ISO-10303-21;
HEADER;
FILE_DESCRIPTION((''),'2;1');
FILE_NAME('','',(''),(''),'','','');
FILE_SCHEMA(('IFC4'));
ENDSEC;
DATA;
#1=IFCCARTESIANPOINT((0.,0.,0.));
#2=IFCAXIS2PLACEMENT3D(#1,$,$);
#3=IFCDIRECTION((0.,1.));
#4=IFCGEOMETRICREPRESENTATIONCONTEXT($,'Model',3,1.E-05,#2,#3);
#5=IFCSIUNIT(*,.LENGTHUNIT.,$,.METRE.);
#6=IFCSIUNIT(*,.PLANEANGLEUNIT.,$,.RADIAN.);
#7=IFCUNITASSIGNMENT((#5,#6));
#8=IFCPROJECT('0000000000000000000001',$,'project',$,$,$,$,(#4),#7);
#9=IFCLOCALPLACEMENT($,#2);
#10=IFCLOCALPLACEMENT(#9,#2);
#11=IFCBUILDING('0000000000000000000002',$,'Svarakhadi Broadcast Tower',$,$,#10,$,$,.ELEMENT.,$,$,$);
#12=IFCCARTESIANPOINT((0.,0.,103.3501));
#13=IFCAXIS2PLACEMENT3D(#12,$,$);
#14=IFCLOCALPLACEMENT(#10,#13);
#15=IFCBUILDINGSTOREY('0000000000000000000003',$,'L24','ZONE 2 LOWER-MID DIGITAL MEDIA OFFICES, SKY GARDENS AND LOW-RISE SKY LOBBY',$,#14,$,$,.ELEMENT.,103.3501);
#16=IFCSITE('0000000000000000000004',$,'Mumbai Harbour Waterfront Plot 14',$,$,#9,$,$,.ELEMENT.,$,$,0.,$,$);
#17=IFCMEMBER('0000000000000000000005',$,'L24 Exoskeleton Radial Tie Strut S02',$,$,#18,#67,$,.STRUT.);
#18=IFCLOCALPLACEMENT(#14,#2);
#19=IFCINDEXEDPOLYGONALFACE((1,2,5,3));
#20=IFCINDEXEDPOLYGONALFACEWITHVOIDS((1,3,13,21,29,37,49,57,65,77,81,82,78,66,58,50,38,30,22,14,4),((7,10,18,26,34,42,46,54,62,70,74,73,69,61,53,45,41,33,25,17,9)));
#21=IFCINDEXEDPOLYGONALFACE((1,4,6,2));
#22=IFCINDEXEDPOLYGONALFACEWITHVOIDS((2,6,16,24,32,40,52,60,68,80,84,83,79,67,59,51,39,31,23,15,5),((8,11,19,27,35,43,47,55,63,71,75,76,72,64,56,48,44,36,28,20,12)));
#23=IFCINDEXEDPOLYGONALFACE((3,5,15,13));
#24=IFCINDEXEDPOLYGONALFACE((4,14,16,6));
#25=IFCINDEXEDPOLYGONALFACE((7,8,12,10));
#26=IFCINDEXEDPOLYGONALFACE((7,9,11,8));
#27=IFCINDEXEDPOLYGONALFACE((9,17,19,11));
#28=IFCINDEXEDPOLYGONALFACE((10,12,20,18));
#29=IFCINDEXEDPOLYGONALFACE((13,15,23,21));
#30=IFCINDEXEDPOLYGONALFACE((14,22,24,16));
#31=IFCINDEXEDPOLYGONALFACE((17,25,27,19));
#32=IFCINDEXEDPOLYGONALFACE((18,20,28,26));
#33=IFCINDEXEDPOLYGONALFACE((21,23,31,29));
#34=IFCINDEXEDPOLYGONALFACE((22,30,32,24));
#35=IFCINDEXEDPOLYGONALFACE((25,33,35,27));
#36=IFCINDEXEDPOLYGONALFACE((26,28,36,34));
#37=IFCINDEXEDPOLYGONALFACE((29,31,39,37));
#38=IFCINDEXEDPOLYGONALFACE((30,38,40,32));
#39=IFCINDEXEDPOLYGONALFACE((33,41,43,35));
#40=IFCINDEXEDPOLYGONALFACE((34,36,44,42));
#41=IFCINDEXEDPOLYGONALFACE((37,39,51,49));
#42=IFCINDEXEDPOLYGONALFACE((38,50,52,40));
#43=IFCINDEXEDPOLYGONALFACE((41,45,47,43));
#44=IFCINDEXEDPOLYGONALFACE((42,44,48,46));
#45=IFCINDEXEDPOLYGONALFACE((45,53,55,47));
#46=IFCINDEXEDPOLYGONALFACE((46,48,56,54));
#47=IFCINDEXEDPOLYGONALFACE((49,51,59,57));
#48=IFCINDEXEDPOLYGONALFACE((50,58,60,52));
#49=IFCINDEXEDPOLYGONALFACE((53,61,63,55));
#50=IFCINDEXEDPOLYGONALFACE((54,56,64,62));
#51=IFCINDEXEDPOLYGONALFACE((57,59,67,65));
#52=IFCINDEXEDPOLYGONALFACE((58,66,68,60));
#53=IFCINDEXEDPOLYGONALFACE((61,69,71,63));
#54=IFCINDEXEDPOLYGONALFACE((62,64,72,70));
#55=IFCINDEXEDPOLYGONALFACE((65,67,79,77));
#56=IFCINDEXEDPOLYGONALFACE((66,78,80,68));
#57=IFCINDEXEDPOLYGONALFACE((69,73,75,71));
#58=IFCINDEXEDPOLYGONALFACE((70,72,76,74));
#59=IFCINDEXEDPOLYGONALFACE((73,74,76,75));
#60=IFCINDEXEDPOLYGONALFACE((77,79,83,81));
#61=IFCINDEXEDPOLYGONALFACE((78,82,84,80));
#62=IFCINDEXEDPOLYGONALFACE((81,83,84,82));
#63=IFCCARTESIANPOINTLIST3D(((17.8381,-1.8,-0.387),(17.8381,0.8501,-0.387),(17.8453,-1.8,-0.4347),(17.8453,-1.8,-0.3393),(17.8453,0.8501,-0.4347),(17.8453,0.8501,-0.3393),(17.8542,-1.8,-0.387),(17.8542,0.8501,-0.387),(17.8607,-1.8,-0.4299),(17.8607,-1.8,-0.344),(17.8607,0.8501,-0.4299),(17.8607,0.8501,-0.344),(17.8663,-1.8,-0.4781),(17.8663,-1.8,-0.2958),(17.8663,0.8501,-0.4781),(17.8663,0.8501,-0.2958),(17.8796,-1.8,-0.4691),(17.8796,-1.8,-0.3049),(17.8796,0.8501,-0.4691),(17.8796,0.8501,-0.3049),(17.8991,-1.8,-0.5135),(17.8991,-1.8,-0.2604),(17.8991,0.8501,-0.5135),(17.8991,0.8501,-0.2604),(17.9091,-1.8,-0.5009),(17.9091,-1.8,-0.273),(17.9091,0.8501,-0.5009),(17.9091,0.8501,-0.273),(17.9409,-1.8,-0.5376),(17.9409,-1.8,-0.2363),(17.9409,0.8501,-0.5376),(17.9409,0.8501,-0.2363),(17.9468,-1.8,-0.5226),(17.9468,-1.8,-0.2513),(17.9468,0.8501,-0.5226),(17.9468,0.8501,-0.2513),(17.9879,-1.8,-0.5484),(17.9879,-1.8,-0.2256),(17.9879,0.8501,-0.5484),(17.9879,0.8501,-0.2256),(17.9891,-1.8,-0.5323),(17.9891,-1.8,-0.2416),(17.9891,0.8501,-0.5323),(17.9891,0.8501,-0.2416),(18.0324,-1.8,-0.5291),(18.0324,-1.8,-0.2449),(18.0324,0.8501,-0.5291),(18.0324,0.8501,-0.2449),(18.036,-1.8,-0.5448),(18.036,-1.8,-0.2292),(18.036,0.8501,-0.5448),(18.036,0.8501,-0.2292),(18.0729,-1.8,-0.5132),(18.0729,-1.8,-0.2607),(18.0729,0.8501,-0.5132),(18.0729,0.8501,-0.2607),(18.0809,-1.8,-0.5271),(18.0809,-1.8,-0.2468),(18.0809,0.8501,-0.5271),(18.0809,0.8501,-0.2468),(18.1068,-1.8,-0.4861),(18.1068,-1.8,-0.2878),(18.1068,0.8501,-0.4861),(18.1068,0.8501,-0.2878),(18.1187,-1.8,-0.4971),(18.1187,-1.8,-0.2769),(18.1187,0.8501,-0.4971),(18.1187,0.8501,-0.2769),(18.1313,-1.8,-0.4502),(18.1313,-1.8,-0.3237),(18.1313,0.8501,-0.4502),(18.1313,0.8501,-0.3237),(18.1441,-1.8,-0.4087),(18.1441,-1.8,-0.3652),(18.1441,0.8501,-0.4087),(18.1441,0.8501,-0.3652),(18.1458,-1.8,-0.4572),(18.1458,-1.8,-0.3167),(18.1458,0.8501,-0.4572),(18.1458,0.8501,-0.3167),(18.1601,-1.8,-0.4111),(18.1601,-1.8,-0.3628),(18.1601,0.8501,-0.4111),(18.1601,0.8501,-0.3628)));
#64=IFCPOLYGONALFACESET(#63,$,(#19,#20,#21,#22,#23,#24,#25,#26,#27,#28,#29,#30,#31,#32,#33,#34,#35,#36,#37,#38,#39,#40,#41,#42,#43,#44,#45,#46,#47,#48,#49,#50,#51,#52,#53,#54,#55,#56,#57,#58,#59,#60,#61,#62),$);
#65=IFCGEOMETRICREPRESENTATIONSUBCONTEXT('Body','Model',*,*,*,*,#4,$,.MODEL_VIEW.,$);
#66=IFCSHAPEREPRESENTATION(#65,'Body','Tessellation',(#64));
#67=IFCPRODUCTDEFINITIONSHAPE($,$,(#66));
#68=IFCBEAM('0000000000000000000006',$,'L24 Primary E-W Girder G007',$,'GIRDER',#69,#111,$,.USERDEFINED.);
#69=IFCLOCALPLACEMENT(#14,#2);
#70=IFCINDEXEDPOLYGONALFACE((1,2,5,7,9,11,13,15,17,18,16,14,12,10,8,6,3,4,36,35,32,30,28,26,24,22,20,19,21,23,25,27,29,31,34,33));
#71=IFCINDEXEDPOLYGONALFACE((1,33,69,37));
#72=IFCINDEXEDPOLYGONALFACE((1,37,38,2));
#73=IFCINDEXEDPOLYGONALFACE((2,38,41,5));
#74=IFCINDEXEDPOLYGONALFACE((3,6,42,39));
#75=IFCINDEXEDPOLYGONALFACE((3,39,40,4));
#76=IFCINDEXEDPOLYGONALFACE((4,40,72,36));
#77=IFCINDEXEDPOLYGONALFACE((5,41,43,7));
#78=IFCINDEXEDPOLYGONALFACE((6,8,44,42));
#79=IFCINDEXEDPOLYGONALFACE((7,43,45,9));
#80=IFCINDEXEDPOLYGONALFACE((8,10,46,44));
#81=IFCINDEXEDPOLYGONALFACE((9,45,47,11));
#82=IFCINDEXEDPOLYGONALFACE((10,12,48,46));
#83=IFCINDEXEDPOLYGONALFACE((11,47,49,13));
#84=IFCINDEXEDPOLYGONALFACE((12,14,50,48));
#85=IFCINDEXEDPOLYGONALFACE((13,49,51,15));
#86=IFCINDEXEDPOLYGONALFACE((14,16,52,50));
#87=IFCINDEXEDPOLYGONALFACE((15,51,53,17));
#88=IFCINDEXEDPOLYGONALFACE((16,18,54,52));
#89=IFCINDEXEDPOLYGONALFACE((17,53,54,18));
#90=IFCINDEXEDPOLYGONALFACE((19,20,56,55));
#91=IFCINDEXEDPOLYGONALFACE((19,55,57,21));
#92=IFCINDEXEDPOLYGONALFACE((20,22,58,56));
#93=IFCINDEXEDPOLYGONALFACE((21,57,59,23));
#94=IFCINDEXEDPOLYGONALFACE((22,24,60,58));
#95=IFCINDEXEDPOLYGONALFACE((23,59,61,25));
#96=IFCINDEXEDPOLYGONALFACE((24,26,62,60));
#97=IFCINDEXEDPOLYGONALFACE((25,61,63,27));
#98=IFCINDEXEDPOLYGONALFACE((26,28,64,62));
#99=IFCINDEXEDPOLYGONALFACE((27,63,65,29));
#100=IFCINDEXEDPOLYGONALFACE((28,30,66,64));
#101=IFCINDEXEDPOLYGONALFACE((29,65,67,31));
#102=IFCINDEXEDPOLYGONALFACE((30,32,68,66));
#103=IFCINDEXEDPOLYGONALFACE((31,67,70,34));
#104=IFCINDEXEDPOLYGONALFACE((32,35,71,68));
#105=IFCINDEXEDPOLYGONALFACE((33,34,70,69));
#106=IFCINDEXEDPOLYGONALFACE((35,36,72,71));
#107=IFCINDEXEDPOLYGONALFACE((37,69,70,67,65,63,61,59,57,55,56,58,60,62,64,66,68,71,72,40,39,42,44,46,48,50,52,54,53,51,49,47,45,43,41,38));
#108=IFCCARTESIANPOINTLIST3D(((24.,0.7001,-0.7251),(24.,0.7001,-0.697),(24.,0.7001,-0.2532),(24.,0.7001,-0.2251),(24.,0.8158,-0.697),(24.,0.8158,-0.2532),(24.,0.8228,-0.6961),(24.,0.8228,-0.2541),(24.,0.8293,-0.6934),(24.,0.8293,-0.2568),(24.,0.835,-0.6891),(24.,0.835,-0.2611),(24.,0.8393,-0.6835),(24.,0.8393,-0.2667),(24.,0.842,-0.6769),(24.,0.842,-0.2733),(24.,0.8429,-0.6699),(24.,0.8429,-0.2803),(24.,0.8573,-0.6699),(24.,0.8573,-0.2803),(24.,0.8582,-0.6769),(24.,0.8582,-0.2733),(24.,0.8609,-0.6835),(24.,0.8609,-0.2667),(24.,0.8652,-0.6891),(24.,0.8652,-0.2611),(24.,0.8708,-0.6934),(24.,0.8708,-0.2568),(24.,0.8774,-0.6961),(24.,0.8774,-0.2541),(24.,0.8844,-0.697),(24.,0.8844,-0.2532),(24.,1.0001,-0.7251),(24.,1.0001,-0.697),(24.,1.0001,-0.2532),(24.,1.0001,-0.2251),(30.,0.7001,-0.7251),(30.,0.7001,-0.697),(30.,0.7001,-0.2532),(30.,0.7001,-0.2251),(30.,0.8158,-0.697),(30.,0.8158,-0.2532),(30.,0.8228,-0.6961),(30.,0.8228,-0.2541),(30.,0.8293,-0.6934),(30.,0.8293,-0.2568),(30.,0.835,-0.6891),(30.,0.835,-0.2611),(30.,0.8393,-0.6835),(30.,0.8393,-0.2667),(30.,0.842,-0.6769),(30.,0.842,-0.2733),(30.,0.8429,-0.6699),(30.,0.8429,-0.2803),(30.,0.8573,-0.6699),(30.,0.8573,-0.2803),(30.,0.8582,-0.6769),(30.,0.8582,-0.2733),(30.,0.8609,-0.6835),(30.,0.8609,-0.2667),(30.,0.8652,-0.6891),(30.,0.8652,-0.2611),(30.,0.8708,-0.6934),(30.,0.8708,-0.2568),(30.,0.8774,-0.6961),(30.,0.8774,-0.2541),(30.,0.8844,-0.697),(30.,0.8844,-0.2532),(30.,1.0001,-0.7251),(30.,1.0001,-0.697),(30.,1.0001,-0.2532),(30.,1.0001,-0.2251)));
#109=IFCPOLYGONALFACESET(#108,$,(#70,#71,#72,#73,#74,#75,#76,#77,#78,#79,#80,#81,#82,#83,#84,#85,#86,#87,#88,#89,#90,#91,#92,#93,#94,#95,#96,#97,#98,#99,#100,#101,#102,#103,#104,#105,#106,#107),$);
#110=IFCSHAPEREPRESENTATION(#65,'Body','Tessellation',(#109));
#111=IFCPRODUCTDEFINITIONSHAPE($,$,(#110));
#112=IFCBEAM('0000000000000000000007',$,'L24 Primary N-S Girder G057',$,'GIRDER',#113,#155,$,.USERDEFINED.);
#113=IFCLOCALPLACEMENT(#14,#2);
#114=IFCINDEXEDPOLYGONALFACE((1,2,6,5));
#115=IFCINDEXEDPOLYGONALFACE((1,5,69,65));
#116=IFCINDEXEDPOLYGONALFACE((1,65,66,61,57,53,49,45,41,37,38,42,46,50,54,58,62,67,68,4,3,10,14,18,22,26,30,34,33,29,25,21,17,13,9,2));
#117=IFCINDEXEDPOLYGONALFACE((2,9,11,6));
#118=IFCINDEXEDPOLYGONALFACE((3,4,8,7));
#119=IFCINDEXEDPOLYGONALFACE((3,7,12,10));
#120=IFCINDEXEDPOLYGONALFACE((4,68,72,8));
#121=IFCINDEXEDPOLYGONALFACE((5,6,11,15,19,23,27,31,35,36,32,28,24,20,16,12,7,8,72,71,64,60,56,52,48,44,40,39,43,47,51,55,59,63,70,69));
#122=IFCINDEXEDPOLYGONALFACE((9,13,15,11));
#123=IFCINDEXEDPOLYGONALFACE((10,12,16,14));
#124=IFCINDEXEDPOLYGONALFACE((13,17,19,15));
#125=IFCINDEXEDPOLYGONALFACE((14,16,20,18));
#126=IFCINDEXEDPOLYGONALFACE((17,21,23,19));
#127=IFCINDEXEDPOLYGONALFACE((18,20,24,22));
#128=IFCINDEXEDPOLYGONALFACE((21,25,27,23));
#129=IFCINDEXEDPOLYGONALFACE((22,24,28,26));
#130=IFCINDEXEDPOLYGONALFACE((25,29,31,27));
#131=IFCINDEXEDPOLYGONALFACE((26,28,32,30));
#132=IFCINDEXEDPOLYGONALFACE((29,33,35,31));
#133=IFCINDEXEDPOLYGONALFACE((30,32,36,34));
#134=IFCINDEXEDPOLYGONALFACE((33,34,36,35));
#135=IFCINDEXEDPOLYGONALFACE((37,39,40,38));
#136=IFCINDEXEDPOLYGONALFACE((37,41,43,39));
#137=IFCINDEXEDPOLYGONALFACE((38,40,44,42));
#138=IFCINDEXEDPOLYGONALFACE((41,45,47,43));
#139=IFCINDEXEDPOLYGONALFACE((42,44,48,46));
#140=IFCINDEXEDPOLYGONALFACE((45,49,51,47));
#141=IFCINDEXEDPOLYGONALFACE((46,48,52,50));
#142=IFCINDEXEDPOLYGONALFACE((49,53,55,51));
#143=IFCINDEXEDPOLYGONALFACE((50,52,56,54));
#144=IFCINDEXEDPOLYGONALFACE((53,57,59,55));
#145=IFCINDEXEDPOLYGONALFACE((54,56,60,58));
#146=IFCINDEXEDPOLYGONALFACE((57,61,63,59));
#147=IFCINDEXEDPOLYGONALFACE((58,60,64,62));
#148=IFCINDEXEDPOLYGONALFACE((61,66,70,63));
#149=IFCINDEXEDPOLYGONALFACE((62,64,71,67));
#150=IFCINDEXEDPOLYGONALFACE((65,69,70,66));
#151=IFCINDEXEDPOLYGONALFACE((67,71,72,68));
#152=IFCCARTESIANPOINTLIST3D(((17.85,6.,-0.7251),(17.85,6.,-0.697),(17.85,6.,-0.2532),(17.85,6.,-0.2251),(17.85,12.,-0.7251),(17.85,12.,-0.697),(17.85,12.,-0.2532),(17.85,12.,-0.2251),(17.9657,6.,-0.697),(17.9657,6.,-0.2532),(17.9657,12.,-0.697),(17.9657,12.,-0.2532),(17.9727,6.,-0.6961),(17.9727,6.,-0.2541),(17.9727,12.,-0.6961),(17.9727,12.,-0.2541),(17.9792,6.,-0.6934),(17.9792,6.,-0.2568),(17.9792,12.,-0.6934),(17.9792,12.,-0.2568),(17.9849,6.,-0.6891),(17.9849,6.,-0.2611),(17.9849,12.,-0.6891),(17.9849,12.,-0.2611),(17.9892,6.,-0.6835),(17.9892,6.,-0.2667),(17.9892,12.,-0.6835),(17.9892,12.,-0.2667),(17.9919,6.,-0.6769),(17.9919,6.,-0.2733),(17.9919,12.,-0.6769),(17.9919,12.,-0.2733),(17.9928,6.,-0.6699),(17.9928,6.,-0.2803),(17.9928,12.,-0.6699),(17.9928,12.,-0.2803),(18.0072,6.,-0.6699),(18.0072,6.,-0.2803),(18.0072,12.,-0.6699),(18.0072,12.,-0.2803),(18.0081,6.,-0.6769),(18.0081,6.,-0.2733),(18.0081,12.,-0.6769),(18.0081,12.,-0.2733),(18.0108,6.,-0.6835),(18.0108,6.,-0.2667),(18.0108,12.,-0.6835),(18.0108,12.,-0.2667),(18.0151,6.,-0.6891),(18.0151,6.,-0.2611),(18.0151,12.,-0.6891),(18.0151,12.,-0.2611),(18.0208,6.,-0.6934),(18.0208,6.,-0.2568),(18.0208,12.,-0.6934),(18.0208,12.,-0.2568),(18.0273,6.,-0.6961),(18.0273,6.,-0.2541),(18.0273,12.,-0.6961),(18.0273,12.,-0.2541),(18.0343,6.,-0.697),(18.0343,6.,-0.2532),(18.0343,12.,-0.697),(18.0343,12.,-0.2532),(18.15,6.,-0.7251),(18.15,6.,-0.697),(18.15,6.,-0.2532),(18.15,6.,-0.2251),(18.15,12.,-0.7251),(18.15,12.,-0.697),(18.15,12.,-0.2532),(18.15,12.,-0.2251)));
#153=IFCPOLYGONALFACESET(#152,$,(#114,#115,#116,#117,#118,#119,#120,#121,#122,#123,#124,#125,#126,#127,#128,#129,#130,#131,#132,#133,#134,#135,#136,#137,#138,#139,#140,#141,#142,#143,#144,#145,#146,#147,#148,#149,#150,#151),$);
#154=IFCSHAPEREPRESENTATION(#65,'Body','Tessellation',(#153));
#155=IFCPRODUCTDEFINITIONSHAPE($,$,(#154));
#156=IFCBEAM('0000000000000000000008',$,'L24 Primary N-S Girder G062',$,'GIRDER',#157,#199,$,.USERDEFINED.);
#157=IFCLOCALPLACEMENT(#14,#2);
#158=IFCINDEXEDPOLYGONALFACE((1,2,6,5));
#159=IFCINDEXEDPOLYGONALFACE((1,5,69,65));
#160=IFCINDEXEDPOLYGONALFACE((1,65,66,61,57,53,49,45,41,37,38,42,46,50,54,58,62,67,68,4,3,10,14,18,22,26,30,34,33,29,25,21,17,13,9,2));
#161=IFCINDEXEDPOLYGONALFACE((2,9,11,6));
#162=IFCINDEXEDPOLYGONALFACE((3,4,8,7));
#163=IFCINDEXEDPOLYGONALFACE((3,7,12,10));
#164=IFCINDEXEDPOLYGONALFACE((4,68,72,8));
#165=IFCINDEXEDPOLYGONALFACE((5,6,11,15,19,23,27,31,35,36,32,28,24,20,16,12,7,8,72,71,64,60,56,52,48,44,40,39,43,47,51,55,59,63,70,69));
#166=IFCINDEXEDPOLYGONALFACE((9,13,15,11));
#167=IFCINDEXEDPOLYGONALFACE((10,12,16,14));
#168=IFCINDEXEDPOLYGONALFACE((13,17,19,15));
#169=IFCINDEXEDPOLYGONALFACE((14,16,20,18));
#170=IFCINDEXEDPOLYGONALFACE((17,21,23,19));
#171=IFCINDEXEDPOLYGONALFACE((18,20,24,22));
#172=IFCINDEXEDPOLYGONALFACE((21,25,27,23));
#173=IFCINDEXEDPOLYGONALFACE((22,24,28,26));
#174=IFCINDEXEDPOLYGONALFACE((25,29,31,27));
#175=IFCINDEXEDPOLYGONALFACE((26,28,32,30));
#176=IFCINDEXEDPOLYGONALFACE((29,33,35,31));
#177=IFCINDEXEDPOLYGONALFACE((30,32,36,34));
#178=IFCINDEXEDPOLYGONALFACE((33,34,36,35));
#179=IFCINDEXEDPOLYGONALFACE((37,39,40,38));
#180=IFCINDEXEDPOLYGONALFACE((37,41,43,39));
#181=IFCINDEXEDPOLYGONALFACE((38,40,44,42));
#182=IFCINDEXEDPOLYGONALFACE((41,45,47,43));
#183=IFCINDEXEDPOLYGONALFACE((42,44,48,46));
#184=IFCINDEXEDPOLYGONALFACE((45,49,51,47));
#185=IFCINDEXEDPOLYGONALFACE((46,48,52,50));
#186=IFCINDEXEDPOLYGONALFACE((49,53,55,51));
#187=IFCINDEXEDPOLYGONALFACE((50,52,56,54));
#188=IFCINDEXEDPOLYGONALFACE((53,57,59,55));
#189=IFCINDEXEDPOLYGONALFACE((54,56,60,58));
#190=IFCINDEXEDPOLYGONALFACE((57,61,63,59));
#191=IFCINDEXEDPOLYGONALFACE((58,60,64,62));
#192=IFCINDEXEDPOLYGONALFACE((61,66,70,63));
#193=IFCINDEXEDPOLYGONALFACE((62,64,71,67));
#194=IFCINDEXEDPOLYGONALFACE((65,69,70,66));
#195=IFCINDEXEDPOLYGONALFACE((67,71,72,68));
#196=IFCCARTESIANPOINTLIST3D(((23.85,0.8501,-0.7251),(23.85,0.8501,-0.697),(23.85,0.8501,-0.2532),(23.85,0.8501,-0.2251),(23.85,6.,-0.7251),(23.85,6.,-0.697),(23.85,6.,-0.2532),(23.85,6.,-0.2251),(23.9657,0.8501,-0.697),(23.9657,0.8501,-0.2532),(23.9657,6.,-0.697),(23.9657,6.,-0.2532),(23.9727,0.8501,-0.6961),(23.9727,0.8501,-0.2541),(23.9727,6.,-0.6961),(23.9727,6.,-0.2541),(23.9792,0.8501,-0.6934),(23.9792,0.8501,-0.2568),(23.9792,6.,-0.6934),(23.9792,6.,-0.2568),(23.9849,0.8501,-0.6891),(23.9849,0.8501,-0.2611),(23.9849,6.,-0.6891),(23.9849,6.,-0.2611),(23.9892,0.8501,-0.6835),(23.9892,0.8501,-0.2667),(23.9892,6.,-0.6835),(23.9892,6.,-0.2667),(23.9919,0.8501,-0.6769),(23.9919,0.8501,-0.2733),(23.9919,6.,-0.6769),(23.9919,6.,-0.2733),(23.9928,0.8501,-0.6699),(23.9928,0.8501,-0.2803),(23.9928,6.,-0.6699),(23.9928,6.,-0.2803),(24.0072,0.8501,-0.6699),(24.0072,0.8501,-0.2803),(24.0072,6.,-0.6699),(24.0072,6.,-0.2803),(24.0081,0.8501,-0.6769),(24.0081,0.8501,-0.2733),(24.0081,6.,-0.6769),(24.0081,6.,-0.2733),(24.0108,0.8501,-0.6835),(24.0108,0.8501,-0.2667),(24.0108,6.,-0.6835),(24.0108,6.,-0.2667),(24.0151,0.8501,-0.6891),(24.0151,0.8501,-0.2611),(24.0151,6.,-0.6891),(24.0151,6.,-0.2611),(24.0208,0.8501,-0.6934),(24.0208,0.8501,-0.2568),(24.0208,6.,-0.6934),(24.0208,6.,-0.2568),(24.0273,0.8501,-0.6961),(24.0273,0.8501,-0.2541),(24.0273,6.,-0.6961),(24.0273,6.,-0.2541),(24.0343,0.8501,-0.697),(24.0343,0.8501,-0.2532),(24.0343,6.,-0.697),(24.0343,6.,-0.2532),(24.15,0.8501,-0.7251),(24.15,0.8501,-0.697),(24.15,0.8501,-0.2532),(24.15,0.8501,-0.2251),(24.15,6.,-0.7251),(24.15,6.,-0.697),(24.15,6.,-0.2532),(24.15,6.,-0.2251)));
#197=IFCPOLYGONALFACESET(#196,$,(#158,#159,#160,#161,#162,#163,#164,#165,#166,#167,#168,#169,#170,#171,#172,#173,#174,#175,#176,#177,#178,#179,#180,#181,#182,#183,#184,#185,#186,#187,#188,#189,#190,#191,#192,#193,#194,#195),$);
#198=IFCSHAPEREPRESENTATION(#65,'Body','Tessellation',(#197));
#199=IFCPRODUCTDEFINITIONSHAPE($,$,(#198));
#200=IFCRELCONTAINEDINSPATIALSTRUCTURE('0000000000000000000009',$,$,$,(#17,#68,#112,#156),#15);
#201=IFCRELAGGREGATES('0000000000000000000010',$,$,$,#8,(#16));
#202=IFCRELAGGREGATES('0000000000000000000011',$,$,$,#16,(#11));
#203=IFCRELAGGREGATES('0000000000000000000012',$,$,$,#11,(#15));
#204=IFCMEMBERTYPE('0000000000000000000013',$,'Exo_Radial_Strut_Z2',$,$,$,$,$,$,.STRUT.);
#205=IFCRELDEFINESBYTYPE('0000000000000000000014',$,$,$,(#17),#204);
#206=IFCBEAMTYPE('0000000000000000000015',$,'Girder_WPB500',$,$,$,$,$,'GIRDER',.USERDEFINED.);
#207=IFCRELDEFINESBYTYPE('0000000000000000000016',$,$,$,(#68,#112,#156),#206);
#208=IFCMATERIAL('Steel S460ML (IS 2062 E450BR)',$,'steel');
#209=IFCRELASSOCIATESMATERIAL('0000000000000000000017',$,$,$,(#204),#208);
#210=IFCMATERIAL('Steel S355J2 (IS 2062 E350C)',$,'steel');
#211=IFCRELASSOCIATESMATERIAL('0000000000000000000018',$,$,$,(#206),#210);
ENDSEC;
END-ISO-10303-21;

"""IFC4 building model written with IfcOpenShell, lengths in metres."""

from ifc_helpers import new_model, si_unit, direction, frame, origin, origin_2d, place, context, subcontext, project, spatial, hollow_circle, i_section, extrude, material, material_profile, profile_set, type_object, element, save


model = new_model("IFC4")

# Units and contexts
model_context = context("Model", 3, precision=1e-05, world=origin(), true_north=direction((0.0, 1.0)))
body_context = subcontext(model_context, "Body", "Model", "MODEL_VIEW")
ifc_project = project(units=[si_unit("LENGTHUNIT", "METRE"), si_unit("PLANEANGLEUNIT", "RADIAN")], contexts=[model_context])

# Site, building, storey
site_placement = place(None, origin())
site = spatial("IfcSite", under=ifc_project, at=site_placement, Name="Mumbai Harbour Waterfront Plot 14", CompositionType="ELEMENT", RefElevation=0.0)
building_placement = place(site_placement, origin())
building = spatial("IfcBuilding", under=site, at=building_placement, Name="Svarakhadi Broadcast Tower", CompositionType="ELEMENT")
storey_placement = place(building_placement, frame((0.0, 0.0, 103.3501)))
storey = spatial("IfcBuildingStorey", under=building, at=storey_placement, Name="L24", Description="ZONE 2 LOWER-MID DIGITAL MEDIA OFFICES, SKY GARDENS AND LOW-RISE SKY LOBBY", CompositionType="ELEMENT", Elevation=103.3501)

# Shared definitions
ifc_material_1 = material(Name="Steel S355J2 (IS 2062 E350C)", Category="steel")

# Member
ifc_material_2 = material(Name="Steel S460ML (IS 2062 E450BR)", Category="steel")
ifc_material_profile_1 = material_profile(ifc_material_2, hollow_circle(Radius=0.1619, WallThickness=0.0161, at=origin_2d()), Name="CHS 323.9x16")
ifc_profile_set_1 = profile_set([ifc_material_profile_1], Name="Steel S460ML (IS 2062 E450BR)")
member_type_1 = type_object("IfcMemberType", Name="Exo_Radial_Strut_Z2", PredefinedType="STRUT", material=ifc_profile_set_1)
member_1_placement = place(storey_placement, frame((18.0, -1.8, -0.387), z_axis=(0.0, 1.0, 0.0), x_axis=(-1.0, 0.0, 0.0)))
element("IfcMember", 1, at=member_1_placement, inside=storey, type_object=member_type_1, Name="L24 Exoskeleton Radial Tie Strut S02", PredefinedType="STRUT", context=body_context, shape_type="SweptSolid", body=[
    extrude(hollow_circle(Radius=0.1619, WallThickness=0.0161, at=origin_2d()), origin(), (0.0, 0.0, 1.0), 2.6501),
])

# Beams
ifc_material_profile_2 = material_profile(ifc_material_1, i_section(OverallWidth=0.3, OverallDepth=0.5, WebThickness=0.0144, FlangeThickness=0.0281, FilletRadius=0.0271, at=origin_2d()), Name="WPB 500x300x187")
ifc_profile_set_2 = profile_set([ifc_material_profile_2], Name="Steel S355J2 (IS 2062 E350C)")
beam_type_1 = type_object("IfcBeamType", Name="Girder_WPB500", ElementType="GIRDER", PredefinedType="USERDEFINED", material=ifc_profile_set_2)
for number, where, z_axis, x_axis, name in (
    (2, (24.0, 0.8501, -0.4751), (1.0, 0.0, 0.0), (0.0, 1.0, 0.0), "L24 Primary E-W Girder G007"),
    (3, (18.0, 6.0, -0.4751), (0.0, 1.0, 0.0), (-1.0, 0.0, 0.0), "L24 Primary N-S Girder G057"),
):
    element("IfcBeam", number, at=place(storey_placement, frame(where, z_axis=z_axis, x_axis=x_axis)), inside=storey, type_object=beam_type_1, Name=name, ObjectType="GIRDER", PredefinedType="USERDEFINED", context=body_context, shape_type="SweptSolid", body=[
        extrude(i_section(OverallWidth=0.3, OverallDepth=0.5, WebThickness=0.0144, FlangeThickness=0.0281, FilletRadius=0.0271, at=origin_2d()), origin(), (0.0, 0.0, 1.0), 6.0),
    ])
beam_1_placement = place(storey_placement, frame((24.0, 0.8501, -0.4751), z_axis=(0.0, 1.0, 0.0), x_axis=(-1.0, 0.0, 0.0)))
element("IfcBeam", 4, at=beam_1_placement, inside=storey, type_object=beam_type_1, Name="L24 Primary N-S Girder G062", ObjectType="GIRDER", PredefinedType="USERDEFINED", context=body_context, shape_type="SweptSolid", body=[
    extrude(i_section(OverallWidth=0.3, OverallDepth=0.5, WebThickness=0.0144, FlangeThickness=0.0281, FilletRadius=0.0271, at=origin_2d()), origin(), (0.0, 0.0, 1.0), 5.1499),
])

save(model, "model.ifc")
